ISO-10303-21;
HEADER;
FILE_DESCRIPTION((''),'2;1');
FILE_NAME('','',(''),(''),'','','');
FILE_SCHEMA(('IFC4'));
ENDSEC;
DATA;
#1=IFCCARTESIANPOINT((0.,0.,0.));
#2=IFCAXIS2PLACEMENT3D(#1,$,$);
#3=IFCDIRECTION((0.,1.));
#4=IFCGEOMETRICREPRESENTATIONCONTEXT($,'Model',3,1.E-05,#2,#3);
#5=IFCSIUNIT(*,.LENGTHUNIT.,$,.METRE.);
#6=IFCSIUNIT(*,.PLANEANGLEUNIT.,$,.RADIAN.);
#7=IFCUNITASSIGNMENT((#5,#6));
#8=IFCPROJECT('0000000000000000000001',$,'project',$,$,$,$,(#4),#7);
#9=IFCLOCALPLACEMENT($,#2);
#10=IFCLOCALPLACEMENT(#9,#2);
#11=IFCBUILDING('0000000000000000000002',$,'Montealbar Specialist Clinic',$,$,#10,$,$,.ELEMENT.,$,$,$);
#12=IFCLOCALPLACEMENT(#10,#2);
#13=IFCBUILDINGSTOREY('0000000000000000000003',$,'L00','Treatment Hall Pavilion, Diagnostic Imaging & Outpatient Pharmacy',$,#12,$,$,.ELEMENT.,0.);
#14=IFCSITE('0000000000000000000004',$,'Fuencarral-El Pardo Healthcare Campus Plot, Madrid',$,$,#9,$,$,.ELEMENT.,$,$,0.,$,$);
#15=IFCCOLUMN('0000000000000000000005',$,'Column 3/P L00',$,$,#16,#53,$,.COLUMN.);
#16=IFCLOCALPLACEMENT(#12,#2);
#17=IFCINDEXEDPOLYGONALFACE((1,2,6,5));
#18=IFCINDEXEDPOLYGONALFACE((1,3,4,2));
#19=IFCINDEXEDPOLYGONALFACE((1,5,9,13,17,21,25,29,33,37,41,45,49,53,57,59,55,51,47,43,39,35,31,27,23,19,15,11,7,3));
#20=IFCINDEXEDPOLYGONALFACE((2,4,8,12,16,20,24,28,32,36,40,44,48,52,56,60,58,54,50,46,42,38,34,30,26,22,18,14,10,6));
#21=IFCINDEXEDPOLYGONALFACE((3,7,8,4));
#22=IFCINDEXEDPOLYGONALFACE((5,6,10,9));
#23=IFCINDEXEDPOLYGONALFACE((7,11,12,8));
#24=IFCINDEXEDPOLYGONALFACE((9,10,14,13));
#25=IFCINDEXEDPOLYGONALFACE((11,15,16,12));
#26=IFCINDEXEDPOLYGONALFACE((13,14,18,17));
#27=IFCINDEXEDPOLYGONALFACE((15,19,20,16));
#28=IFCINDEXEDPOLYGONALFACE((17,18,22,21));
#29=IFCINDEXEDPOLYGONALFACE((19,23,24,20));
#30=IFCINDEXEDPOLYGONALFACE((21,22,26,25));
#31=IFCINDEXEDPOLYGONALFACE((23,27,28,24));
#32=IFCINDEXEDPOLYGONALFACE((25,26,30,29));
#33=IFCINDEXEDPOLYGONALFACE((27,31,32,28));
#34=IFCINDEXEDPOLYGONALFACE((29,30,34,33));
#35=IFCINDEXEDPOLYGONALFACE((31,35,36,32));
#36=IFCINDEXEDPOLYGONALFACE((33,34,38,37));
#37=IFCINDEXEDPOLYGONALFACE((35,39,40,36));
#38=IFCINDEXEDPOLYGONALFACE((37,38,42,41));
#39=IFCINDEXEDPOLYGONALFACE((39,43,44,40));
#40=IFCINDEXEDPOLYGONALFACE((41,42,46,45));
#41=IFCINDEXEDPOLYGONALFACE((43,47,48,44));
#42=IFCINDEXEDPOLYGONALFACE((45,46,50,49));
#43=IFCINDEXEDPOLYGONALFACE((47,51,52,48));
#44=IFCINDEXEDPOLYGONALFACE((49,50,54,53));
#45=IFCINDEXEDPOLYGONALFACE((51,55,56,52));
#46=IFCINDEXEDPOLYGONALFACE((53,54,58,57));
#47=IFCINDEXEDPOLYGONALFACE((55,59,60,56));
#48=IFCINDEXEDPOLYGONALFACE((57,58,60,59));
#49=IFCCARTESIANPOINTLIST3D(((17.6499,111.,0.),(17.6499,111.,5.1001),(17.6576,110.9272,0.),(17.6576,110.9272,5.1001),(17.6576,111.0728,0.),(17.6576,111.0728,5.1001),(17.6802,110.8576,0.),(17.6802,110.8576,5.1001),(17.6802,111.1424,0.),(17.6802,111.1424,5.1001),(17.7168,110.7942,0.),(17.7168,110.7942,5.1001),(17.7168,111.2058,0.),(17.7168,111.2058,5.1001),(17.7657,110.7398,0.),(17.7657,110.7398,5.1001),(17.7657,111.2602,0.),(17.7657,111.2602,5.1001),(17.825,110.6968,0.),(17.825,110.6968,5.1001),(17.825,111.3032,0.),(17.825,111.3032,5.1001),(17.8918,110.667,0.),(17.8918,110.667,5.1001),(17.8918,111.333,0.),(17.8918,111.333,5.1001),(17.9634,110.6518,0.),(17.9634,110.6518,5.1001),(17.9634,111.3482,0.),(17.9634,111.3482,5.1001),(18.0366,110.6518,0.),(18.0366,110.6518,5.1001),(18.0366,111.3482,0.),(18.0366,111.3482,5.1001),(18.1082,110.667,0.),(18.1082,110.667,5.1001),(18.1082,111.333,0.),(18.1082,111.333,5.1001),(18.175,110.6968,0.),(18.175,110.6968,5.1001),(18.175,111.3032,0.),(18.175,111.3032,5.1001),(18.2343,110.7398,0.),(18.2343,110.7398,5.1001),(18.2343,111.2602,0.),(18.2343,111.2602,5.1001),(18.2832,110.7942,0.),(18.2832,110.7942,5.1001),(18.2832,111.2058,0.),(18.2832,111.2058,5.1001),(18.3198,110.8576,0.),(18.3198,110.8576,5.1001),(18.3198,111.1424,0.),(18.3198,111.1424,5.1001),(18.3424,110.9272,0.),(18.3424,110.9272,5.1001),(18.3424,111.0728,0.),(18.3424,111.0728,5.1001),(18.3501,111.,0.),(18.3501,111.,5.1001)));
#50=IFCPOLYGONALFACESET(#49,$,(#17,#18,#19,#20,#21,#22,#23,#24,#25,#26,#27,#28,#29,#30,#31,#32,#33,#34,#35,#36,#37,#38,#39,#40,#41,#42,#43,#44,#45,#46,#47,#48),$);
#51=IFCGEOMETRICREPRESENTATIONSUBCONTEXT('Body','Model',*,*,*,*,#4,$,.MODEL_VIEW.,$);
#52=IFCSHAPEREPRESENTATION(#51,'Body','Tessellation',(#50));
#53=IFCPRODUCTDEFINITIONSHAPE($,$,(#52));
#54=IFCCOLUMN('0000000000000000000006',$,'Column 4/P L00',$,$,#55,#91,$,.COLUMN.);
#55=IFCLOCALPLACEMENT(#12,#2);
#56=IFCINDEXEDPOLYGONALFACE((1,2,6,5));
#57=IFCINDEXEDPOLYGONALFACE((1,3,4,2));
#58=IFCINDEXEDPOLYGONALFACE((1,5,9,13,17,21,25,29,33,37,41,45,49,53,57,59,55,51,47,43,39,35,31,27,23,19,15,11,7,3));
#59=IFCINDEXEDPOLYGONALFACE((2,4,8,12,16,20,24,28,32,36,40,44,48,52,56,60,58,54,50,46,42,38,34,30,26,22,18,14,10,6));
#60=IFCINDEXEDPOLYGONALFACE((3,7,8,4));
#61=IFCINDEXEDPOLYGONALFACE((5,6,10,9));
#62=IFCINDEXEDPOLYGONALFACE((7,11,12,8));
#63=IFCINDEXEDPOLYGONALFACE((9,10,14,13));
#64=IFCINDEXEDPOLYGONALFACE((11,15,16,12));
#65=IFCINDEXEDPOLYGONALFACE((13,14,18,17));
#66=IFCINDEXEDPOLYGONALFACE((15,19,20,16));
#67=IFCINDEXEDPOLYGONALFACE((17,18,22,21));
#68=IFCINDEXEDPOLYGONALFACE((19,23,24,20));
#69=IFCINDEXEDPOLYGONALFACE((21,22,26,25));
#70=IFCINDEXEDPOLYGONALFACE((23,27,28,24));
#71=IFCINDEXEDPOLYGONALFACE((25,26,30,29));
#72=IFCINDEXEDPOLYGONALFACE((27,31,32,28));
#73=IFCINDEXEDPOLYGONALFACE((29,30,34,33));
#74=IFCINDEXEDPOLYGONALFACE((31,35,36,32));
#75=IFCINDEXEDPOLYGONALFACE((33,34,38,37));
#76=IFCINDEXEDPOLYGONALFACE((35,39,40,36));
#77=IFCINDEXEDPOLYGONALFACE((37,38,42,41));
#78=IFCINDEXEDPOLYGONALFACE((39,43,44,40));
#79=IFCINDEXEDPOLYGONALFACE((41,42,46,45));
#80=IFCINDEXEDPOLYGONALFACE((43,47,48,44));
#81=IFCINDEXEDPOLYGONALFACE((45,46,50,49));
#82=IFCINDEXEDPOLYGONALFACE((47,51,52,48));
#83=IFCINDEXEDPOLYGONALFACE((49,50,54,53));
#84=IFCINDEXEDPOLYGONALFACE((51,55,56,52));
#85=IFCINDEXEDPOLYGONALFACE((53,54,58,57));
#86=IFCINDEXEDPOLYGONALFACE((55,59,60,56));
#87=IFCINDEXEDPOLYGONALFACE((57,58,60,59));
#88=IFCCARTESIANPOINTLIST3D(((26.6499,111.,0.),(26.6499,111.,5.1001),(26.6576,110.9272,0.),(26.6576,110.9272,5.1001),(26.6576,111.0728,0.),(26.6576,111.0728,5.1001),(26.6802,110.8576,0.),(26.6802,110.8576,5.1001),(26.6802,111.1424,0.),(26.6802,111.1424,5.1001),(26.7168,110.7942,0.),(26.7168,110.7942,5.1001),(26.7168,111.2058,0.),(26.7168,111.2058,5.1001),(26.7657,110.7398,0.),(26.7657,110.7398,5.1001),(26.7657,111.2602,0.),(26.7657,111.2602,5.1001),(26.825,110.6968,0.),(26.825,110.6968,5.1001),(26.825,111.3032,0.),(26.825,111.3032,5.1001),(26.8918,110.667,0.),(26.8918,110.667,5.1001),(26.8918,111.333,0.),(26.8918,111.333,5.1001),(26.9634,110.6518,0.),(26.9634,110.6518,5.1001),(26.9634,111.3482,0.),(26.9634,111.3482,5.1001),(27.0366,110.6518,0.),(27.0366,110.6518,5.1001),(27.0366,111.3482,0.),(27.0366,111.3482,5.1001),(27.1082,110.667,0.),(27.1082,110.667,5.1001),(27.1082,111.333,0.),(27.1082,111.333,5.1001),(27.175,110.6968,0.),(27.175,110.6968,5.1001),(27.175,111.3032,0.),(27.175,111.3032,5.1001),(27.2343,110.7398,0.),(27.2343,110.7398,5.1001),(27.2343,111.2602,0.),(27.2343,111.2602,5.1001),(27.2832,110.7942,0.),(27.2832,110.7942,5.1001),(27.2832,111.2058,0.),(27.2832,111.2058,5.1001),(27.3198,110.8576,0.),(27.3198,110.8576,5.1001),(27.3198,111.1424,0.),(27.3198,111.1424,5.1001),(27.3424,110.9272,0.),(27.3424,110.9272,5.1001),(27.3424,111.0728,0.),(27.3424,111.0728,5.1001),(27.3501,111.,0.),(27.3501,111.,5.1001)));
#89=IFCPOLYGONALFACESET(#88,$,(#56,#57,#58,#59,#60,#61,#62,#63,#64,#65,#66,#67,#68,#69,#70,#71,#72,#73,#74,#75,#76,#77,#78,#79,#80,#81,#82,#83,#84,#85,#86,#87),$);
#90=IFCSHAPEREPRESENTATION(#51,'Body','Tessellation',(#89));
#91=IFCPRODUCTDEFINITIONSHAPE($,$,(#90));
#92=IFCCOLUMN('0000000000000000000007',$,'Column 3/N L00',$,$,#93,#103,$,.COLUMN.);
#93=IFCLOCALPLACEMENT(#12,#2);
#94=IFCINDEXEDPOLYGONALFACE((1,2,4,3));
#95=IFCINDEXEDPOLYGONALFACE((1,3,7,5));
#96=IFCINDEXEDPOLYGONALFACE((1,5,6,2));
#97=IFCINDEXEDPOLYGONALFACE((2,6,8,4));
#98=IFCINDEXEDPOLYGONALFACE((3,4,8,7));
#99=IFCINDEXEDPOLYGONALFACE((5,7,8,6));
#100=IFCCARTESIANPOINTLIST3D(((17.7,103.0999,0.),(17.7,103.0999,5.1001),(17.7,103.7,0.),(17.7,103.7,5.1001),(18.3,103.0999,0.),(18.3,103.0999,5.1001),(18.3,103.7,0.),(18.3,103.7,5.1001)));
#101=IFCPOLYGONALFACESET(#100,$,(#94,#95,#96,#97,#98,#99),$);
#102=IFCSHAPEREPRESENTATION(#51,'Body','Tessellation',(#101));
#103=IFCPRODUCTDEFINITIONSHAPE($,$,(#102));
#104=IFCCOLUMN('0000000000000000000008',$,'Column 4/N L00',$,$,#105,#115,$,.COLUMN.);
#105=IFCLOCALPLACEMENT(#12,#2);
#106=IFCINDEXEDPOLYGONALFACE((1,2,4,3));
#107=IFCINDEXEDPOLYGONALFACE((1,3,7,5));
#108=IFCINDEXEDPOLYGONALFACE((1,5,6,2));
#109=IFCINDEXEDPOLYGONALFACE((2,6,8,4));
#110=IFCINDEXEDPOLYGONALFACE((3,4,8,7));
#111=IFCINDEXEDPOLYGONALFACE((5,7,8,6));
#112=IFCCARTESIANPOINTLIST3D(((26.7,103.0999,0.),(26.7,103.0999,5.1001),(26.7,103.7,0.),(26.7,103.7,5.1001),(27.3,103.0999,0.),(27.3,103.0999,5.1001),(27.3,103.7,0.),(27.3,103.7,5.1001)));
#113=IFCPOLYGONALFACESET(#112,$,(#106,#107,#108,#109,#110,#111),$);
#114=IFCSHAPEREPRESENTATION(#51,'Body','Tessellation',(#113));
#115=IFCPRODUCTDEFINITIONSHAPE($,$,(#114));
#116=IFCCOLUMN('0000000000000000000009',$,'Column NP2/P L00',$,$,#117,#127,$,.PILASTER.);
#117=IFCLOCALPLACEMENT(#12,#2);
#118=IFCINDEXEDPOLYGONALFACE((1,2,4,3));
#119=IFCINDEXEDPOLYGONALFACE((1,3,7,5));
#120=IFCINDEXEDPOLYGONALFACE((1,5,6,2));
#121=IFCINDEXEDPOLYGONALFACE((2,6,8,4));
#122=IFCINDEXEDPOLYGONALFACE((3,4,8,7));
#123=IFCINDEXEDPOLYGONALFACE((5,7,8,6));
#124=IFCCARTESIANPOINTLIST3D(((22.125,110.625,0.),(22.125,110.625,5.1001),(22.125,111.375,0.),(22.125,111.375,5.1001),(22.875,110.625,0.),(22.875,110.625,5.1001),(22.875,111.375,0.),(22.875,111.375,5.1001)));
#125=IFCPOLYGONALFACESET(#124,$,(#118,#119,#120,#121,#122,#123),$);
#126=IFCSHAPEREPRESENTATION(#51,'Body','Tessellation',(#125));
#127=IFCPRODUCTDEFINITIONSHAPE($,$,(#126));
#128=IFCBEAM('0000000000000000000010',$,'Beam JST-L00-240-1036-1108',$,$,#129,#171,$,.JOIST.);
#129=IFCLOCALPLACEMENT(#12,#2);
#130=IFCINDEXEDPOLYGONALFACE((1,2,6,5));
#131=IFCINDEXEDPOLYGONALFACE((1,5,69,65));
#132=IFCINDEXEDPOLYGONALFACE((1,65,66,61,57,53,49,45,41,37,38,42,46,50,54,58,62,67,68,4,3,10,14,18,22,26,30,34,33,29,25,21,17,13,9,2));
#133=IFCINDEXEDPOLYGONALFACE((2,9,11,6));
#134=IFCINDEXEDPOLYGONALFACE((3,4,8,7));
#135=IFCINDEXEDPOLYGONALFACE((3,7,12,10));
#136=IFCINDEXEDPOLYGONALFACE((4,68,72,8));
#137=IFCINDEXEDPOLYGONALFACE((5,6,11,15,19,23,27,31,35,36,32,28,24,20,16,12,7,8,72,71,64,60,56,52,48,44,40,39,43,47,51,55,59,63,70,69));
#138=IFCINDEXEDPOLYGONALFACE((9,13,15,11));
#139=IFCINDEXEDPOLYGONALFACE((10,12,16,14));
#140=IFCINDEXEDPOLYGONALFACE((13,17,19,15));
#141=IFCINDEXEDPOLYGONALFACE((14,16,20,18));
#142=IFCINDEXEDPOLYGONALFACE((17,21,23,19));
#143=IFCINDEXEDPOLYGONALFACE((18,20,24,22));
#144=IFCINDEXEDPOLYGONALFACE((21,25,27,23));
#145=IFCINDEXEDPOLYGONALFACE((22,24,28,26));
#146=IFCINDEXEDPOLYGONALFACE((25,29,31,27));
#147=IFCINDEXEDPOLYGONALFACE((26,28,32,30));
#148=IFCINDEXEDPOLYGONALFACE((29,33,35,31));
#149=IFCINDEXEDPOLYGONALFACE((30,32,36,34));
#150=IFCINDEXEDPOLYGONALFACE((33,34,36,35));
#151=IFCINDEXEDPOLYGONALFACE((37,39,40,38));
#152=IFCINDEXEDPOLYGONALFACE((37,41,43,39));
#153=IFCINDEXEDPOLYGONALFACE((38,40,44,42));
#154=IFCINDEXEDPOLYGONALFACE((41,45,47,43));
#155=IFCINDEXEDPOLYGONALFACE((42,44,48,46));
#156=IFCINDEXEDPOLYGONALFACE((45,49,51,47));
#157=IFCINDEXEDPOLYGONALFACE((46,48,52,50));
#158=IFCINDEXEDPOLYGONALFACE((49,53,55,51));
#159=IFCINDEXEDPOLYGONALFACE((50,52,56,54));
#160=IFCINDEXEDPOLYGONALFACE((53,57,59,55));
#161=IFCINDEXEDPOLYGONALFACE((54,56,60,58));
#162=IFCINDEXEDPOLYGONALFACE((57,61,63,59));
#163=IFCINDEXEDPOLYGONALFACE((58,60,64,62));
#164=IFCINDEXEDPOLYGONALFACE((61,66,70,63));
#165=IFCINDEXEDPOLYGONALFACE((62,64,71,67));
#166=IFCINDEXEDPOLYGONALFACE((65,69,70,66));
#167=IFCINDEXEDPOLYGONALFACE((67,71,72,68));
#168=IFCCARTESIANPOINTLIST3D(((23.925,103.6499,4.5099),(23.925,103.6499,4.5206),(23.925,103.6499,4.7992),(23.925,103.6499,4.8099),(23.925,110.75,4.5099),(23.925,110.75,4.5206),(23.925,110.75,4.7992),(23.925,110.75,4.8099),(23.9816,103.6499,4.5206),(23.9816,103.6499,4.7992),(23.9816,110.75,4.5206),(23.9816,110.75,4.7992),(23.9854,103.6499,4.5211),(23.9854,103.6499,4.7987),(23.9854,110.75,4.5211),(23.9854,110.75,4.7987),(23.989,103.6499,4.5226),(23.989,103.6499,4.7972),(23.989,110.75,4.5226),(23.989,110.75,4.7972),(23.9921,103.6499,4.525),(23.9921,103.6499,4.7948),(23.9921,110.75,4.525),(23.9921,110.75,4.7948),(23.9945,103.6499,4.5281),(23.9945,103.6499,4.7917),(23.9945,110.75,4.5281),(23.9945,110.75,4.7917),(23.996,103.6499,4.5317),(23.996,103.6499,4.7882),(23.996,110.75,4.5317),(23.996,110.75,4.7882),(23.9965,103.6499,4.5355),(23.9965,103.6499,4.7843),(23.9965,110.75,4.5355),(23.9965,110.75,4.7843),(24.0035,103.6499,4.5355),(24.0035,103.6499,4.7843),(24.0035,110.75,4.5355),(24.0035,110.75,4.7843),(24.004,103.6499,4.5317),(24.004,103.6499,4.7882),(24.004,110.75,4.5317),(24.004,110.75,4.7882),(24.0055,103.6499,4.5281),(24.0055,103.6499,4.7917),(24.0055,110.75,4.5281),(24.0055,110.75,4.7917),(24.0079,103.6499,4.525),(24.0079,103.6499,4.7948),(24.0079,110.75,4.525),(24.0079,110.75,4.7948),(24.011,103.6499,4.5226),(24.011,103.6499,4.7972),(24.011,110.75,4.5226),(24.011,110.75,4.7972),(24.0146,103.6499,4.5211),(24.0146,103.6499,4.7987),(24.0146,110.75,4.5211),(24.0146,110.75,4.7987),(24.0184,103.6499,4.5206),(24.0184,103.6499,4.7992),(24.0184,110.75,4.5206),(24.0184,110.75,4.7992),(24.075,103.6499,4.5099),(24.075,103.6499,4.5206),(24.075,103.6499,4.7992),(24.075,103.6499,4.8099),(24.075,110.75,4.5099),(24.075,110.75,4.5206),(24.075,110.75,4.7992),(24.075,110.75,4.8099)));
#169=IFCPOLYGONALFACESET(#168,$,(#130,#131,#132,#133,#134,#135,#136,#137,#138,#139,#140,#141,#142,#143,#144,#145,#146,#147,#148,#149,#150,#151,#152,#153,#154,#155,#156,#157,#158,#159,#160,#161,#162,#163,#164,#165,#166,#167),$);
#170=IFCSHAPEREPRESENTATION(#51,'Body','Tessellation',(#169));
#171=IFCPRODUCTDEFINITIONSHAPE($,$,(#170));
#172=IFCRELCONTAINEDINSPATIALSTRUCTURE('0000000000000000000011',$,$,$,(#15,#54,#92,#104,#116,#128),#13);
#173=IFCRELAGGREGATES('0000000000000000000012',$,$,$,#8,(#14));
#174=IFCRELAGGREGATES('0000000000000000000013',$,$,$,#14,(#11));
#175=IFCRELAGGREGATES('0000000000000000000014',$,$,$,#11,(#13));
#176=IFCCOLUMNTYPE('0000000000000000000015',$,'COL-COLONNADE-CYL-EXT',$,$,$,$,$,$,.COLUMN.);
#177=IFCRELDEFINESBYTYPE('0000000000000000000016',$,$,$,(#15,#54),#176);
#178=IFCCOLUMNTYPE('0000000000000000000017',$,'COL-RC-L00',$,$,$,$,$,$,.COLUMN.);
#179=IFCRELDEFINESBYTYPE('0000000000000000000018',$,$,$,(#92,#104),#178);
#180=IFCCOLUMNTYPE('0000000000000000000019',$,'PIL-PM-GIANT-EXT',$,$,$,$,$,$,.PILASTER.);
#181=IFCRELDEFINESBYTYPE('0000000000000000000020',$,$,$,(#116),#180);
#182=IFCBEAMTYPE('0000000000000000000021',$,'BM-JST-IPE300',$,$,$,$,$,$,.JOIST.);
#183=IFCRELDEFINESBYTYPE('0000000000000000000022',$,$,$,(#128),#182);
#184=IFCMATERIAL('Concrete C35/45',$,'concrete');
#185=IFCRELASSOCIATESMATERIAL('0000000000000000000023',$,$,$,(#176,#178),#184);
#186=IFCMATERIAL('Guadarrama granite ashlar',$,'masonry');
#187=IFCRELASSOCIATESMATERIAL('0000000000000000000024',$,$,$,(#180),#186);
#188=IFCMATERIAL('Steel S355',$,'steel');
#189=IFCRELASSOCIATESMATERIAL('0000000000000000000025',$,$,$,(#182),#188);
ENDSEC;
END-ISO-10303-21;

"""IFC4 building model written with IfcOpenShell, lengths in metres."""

from ifc_helpers import new_model, si_unit, direction, frame, origin, origin_2d, place, context, subcontext, project, spatial, rectangle, circle, i_section, extrude, material, material_profile, profile_set, type_object, element, save


model = new_model("IFC4")

# Units and contexts
model_context = context("Model", 3, precision=1e-05, world=origin(), true_north=direction((0.0, 1.0)))
body_context = subcontext(model_context, "Body", "Model", "MODEL_VIEW")
ifc_project = project(units=[si_unit("LENGTHUNIT", "METRE"), si_unit("PLANEANGLEUNIT", "RADIAN")], contexts=[model_context])

# Site, building, storey
site_placement = place(None, origin())
site = spatial("IfcSite", under=ifc_project, at=site_placement, Name="Fuencarral-El Pardo Healthcare Campus Plot, Madrid", CompositionType="ELEMENT", RefElevation=0.0)
building_placement = place(site_placement, origin())
building = spatial("IfcBuilding", under=site, at=building_placement, Name="Montealbar Specialist Clinic", CompositionType="ELEMENT")
storey_placement = place(building_placement, origin())
storey = spatial("IfcBuildingStorey", under=building, at=storey_placement, Name="L00", Description="Treatment Hall Pavilion, Diagnostic Imaging & Outpatient Pharmacy", CompositionType="ELEMENT", Elevation=0.0)

# Columns
ifc_material_1 = material(Name="Concrete C35/45", Category="concrete")
ifc_material_profile_1 = material_profile(ifc_material_1, circle(Radius=0.3501, at=origin_2d()), Name="RC D700", Category="concrete")
ifc_profile_set_1 = profile_set([ifc_material_profile_1], Name="Concrete C35/45")
column_type_1 = type_object("IfcColumnType", Name="COL-COLONNADE-CYL-EXT", PredefinedType="COLUMN", material=ifc_profile_set_1)
for number, where, z_axis, x_axis, name in (
    (1, (18.0, 111.0, 0.0), (0.0, 0.0, 1.0), (1.0, 0.0, 0.0), "Column 3/P L00"),
    (2, (27.0, 111.0, 0.0), (0.0, 0.0, 1.0), (1.0, 0.0, 0.0), "Column 4/P L00"),
):
    element("IfcColumn", number, at=place(storey_placement, frame(where, z_axis=z_axis, x_axis=x_axis)), inside=storey, type_object=column_type_1, Name=name, PredefinedType="COLUMN", context=body_context, shape_type="SweptSolid", body=[
        extrude(circle(Radius=0.3501, at=origin_2d()), origin(), (0.0, 0.0, 1.0), 5.1001),
    ])
ifc_material_profile_2 = material_profile(ifc_material_1, rectangle(XDim=0.6001, YDim=0.6001, at=origin_2d()), Name="RC 600x600", Category="concrete")
ifc_profile_set_2 = profile_set([ifc_material_profile_2], Name="Concrete C35/45")
column_type_2 = type_object("IfcColumnType", Name="COL-RC-L00", PredefinedType="COLUMN", material=ifc_profile_set_2)
for number, where, z_axis, x_axis, name in (
    (3, (18.0, 103.3999, 0.0), (0.0, 0.0, 1.0), (1.0, 0.0, 0.0), "Column 3/N L00"),
    (4, (27.0, 103.3999, 0.0), (0.0, 0.0, 1.0), (1.0, 0.0, 0.0), "Column 4/N L00"),
):
    element("IfcColumn", number, at=place(storey_placement, frame(where, z_axis=z_axis, x_axis=x_axis)), inside=storey, type_object=column_type_2, Name=name, PredefinedType="COLUMN", context=body_context, shape_type="SweptSolid", body=[
        extrude(rectangle(XDim=0.6001, YDim=0.6001, at=origin_2d()), origin(), (0.0, 0.0, 1.0), 5.1001),
    ])
ifc_material_2 = material(Name="Guadarrama granite ashlar", Category="masonry")
ifc_material_profile_3 = material_profile(ifc_material_2, rectangle(XDim=0.75, YDim=0.75, at=origin_2d()), Name="GRANITE PILASTER 750x750", Category="masonry")
ifc_profile_set_3 = profile_set([ifc_material_profile_3], Name="Guadarrama granite ashlar")
column_type_3 = type_object("IfcColumnType", Name="PIL-PM-GIANT-EXT", PredefinedType="PILASTER", material=ifc_profile_set_3)
column_placement = place(storey_placement, frame((22.5, 111.0, 0.0), z_axis=(0.0, 0.0, 1.0), x_axis=(1.0, 0.0, 0.0)))
element("IfcColumn", 5, at=column_placement, inside=storey, type_object=column_type_3, Name="Column NP2/P L00", PredefinedType="PILASTER", context=body_context, shape_type="SweptSolid", body=[
    extrude(rectangle(XDim=0.75, YDim=0.75, at=origin_2d()), origin(), (0.0, 0.0, 1.0), 5.1001),
])

# Beam
ifc_material_3 = material(Name="Steel S355", Category="steel")
ifc_material_profile_4 = material_profile(ifc_material_3, i_section(OverallWidth=0.1499, OverallDepth=0.3, WebThickness=0.0071, FlangeThickness=0.0107, FilletRadius=0.0149, at=origin_2d()), Name="IPE 300", Category="steel")
ifc_profile_set_4 = profile_set([ifc_material_profile_4], Name="Steel S355")
beam_type_1 = type_object("IfcBeamType", Name="BM-JST-IPE300", PredefinedType="JOIST", material=ifc_profile_set_4)
beam_1_placement = place(storey_placement, frame((24.0, 103.6499, 4.6599), z_axis=(0.0, 1.0, 0.0), x_axis=(-1.0, 0.0, 0.0)))
element("IfcBeam", 6, at=beam_1_placement, inside=storey, type_object=beam_type_1, Name="Beam JST-L00-240-1036-1108", PredefinedType="JOIST", context=body_context, shape_type="SweptSolid", body=[
    extrude(i_section(OverallWidth=0.1499, OverallDepth=0.3, WebThickness=0.0071, FlangeThickness=0.0107, FilletRadius=0.0149, at=origin_2d()), origin(), (0.0, 0.0, 1.0), 7.1001),
])

save(model, "model.ifc")
